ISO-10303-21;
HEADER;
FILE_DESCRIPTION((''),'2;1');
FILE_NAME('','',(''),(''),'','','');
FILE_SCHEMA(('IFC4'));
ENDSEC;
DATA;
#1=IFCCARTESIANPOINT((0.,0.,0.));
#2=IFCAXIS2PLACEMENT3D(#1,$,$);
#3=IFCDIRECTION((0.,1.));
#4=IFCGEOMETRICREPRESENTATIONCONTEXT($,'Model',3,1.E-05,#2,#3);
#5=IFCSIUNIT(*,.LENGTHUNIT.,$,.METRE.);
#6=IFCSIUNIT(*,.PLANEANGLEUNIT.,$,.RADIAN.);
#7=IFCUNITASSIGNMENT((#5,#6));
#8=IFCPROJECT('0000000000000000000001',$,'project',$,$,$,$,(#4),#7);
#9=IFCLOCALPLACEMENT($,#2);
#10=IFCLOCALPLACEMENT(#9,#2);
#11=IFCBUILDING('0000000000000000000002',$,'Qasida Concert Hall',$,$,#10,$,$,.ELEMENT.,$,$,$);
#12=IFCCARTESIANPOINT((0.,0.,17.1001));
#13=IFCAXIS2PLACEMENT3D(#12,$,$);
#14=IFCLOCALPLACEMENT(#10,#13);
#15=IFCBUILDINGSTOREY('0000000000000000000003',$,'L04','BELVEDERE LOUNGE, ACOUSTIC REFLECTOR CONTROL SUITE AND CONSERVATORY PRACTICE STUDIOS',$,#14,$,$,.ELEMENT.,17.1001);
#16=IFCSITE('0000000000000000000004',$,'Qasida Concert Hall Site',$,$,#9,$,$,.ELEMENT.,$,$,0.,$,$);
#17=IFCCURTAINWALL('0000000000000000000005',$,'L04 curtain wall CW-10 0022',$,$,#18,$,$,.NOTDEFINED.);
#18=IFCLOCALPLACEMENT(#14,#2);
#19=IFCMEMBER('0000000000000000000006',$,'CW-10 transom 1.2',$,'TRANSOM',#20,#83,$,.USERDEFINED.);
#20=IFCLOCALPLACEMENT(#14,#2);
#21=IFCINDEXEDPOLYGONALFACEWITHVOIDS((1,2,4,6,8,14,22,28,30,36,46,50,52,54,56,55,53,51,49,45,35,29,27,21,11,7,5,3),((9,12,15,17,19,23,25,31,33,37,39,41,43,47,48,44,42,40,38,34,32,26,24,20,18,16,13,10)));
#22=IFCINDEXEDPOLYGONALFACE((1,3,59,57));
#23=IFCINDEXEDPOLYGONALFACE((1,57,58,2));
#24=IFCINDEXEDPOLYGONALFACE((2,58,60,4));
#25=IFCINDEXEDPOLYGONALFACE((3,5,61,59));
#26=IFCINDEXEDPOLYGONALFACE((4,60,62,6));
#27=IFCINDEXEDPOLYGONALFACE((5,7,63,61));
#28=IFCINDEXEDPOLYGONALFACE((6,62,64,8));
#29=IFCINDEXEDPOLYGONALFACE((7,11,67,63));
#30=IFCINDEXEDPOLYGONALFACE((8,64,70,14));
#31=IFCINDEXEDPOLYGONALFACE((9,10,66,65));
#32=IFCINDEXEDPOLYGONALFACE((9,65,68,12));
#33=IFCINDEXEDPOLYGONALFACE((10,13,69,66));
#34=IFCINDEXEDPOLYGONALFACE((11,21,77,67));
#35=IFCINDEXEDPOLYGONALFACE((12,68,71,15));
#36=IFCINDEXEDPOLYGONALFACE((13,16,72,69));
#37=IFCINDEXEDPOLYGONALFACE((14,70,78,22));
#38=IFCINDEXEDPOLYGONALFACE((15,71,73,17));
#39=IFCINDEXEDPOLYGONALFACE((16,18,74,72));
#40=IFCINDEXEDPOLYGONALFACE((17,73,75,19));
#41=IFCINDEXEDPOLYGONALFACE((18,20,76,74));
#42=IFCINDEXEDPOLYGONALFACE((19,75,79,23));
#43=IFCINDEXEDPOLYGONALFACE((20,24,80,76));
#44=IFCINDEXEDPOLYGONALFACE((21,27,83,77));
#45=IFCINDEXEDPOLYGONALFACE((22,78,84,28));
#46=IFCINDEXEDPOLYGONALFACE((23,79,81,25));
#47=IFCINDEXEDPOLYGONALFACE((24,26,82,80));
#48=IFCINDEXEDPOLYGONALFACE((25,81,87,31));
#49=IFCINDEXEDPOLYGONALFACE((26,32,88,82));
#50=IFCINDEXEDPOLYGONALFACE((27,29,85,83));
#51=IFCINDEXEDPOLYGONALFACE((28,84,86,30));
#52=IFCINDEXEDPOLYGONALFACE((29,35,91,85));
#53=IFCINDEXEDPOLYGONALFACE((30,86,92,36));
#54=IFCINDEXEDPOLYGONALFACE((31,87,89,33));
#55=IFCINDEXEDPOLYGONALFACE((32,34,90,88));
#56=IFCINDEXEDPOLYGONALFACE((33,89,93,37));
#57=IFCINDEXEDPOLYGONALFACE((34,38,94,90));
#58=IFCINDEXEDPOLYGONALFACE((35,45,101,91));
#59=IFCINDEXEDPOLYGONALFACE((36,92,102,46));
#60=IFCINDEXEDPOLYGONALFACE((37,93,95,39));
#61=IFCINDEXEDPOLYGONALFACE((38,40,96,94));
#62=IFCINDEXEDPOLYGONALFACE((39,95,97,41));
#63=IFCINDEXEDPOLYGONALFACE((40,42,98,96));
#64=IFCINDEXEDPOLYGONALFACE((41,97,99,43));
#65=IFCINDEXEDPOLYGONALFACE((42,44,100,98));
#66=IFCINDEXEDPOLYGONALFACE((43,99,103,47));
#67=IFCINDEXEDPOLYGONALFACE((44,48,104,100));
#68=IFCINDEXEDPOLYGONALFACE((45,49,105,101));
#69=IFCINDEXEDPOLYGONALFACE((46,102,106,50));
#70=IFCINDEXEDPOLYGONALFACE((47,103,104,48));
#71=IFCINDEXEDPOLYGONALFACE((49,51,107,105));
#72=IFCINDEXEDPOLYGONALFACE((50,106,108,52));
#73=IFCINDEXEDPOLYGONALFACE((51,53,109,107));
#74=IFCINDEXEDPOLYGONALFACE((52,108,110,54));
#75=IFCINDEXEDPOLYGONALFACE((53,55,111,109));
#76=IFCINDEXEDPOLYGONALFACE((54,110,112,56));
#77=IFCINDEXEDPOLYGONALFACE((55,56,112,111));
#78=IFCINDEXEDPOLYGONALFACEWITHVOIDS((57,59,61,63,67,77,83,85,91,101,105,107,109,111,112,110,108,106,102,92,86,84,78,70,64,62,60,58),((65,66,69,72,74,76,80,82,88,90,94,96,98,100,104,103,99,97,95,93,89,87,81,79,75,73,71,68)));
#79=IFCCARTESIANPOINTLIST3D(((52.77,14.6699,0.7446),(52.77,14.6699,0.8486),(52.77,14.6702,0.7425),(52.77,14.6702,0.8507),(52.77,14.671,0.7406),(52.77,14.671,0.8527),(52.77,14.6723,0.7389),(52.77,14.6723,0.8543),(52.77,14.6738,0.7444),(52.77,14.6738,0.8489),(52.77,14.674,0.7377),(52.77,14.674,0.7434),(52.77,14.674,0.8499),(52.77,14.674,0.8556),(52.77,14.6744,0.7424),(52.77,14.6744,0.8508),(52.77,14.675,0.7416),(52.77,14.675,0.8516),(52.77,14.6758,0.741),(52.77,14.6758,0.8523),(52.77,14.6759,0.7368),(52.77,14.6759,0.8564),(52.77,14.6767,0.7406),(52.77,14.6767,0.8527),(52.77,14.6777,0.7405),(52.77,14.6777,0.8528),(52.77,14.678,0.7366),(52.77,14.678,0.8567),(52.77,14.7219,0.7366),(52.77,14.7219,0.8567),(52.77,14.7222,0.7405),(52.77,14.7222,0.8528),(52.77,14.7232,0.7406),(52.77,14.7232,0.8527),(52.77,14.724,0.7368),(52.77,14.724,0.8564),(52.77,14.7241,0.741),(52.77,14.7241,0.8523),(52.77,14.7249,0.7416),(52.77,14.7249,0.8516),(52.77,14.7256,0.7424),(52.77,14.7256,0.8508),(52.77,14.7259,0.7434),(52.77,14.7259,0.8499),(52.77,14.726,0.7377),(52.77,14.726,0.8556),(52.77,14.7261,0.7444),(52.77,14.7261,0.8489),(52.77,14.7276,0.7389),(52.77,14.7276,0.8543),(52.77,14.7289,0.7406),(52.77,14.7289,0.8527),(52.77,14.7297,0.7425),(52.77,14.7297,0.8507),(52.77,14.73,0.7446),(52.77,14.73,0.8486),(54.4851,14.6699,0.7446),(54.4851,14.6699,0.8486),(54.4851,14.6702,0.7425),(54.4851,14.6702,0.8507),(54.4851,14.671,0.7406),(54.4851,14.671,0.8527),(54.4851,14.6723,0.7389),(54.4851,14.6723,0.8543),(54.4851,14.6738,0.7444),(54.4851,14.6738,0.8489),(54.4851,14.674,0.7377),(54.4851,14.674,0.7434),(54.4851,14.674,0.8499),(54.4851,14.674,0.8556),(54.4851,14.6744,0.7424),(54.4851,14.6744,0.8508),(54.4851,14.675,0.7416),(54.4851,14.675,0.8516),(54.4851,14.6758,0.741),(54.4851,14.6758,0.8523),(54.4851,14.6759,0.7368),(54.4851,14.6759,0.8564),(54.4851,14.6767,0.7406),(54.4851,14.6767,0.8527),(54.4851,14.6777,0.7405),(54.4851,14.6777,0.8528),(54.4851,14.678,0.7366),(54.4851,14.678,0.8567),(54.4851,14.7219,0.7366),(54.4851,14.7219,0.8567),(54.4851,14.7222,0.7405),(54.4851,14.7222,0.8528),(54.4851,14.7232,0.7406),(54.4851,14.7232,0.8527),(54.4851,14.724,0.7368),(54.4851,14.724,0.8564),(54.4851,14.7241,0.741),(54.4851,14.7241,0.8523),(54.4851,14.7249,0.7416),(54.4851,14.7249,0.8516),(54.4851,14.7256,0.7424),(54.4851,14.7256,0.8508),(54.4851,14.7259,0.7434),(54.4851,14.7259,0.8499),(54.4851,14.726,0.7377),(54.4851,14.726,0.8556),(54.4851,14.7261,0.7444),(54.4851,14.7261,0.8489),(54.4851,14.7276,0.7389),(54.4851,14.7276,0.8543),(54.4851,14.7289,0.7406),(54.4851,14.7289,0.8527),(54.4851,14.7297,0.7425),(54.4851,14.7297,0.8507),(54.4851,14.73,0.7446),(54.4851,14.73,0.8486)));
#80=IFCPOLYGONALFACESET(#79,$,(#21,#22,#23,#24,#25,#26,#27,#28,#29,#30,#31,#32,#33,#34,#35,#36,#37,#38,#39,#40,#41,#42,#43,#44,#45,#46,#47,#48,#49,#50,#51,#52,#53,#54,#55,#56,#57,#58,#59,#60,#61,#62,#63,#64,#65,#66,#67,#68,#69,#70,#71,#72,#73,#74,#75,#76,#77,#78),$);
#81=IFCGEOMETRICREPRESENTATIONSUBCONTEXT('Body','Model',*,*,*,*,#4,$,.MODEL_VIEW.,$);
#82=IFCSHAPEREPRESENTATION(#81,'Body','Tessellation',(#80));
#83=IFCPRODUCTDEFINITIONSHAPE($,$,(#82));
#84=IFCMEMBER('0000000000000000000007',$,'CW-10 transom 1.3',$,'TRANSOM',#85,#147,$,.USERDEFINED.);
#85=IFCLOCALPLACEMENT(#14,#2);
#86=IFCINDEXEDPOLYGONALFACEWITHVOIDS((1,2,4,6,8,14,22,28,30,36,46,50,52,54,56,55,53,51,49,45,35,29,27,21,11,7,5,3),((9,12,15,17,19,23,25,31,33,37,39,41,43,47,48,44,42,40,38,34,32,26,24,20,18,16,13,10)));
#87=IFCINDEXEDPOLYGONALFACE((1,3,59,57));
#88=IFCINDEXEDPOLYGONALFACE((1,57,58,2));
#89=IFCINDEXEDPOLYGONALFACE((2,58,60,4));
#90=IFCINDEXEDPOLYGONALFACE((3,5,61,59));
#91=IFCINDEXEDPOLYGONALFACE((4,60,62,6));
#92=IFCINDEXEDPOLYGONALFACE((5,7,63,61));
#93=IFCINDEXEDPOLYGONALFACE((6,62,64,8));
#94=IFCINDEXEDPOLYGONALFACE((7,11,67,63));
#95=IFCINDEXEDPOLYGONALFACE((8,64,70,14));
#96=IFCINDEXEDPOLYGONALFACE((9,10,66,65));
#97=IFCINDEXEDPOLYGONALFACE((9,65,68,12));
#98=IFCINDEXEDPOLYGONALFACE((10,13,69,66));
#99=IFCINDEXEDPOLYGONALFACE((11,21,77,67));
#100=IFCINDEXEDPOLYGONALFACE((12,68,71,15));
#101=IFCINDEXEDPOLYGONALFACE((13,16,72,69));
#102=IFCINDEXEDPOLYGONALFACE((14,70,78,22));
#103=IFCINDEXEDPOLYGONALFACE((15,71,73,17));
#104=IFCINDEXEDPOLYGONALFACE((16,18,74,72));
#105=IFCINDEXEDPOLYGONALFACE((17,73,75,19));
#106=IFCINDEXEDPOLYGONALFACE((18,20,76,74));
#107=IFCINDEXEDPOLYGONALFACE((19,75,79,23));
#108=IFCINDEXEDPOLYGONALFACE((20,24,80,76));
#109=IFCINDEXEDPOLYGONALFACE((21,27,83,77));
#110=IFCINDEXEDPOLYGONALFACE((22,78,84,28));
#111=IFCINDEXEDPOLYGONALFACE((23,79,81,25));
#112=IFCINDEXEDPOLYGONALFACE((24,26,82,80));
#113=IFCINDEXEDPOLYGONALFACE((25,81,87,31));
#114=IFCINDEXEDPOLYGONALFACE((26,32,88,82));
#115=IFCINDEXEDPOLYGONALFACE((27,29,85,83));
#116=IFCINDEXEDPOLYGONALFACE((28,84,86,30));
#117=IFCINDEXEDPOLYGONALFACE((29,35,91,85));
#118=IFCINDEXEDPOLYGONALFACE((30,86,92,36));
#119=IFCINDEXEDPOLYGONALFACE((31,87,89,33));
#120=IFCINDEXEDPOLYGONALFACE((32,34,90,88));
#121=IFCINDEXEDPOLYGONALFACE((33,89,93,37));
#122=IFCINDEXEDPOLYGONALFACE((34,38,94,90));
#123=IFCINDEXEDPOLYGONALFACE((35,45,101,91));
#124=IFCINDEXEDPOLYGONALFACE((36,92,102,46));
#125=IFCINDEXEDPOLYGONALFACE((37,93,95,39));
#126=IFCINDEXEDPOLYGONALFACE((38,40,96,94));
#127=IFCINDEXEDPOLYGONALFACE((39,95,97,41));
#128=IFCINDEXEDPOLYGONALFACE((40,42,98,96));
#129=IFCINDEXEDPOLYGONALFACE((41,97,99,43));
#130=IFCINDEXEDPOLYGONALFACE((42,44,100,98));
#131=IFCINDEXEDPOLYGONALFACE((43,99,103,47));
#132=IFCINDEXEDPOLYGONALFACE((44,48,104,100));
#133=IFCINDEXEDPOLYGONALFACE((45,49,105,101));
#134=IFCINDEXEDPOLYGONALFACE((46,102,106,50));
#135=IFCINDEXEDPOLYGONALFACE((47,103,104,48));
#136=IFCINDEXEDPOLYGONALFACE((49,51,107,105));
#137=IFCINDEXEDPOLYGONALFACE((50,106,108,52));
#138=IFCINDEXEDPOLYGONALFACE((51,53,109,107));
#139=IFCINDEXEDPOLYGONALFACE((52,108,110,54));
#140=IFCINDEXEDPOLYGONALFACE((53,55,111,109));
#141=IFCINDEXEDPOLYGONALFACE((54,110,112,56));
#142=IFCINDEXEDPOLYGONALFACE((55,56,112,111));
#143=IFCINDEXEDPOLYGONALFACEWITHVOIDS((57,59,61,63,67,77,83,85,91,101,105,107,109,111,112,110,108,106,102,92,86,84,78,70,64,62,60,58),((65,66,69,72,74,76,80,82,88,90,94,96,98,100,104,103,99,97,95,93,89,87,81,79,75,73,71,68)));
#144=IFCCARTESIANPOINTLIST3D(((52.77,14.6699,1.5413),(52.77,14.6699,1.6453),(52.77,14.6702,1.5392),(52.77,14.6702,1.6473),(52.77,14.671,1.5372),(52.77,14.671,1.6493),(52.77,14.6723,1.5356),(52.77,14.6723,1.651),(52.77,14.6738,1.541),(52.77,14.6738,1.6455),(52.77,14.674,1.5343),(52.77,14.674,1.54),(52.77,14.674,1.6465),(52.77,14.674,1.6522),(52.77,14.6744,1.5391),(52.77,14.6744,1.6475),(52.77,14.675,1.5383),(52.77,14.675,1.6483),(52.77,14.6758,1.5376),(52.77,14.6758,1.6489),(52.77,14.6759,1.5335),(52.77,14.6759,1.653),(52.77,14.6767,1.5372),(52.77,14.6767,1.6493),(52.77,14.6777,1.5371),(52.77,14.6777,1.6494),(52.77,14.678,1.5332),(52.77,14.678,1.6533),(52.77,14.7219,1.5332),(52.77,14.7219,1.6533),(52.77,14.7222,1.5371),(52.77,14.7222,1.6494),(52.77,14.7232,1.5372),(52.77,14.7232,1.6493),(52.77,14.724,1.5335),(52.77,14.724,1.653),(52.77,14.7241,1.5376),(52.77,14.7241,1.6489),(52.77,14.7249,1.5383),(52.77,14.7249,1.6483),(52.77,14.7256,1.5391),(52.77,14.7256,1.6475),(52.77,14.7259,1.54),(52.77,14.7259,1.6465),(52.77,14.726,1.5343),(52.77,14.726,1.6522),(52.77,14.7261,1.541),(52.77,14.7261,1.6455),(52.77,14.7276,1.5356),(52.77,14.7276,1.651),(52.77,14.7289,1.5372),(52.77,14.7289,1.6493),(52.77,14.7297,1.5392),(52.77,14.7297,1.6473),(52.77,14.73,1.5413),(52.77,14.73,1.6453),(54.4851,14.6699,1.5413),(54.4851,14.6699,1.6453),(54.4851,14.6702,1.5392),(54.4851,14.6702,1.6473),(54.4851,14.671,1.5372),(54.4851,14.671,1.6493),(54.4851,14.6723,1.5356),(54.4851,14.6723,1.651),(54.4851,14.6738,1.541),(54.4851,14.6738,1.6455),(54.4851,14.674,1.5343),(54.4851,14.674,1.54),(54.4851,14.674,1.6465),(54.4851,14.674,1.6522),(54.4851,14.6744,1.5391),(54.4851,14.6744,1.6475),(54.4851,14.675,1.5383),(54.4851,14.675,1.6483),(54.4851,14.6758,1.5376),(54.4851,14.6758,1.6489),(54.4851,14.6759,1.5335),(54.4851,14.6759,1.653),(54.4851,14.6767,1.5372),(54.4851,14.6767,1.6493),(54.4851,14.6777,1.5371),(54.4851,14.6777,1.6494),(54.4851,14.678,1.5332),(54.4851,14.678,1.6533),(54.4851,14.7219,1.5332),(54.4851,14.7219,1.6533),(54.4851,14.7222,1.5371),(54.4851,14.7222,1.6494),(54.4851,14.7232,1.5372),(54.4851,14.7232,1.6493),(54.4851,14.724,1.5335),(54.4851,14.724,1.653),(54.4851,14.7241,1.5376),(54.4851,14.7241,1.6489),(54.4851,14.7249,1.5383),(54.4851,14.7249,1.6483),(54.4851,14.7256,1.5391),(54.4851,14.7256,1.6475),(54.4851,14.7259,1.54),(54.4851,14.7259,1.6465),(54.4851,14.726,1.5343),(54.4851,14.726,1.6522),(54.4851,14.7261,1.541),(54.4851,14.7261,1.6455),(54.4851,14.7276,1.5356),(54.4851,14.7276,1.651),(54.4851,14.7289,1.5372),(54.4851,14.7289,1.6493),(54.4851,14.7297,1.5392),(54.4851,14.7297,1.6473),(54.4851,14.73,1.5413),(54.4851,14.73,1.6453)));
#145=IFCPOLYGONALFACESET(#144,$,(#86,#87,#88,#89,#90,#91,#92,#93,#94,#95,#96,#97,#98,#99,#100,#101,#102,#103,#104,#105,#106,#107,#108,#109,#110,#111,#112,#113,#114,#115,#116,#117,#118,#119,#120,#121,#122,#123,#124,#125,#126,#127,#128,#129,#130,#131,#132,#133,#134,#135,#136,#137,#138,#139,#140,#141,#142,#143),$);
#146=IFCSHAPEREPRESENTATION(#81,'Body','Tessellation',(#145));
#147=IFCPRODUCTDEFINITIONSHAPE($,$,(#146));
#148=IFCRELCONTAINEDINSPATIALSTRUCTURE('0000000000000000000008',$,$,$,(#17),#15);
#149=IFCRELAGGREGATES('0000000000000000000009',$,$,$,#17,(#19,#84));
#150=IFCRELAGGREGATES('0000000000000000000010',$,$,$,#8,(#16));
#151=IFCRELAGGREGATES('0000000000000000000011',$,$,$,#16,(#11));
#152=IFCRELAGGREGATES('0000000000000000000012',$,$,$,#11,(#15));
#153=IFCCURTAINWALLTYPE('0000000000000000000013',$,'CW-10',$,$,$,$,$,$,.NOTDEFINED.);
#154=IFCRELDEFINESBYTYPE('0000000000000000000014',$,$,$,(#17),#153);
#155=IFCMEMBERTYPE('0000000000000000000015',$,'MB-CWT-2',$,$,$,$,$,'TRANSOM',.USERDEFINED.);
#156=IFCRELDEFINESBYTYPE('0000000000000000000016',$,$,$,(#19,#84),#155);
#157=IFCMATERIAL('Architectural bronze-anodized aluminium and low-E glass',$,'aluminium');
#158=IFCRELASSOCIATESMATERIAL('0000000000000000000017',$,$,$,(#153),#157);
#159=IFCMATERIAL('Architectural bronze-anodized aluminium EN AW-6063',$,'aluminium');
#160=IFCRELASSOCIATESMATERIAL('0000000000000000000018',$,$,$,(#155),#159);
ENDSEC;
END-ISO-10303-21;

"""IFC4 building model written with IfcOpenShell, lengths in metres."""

from ifc_helpers import new_model, si_unit, direction, frame, origin, origin_2d, place, context, subcontext, project, spatial, hollow_rectangle, extrude, material, material_profile, profile_set, type_object, element, aggregate, save


model = new_model("IFC4")

# Units and contexts
model_context = context("Model", 3, precision=1e-05, world=origin(), true_north=direction((0.0, 1.0)))
body_context = subcontext(model_context, "Body", "Model", "MODEL_VIEW")
ifc_project = project(units=[si_unit("LENGTHUNIT", "METRE"), si_unit("PLANEANGLEUNIT", "RADIAN")], contexts=[model_context])

# Site, building, storey
site_placement = place(None, origin())
site = spatial("IfcSite", under=ifc_project, at=site_placement, Name="Qasida Concert Hall Site", CompositionType="ELEMENT", RefElevation=0.0)
building_placement = place(site_placement, origin())
building = spatial("IfcBuilding", under=site, at=building_placement, Name="Qasida Concert Hall", CompositionType="ELEMENT")
storey_placement = place(building_placement, frame((0.0, 0.0, 17.1001)))
storey = spatial("IfcBuildingStorey", under=building, at=storey_placement, Name="L04", Description="BELVEDERE LOUNGE, ACOUSTIC REFLECTOR CONTROL SUITE AND CONSERVATORY PRACTICE STUDIOS", CompositionType="ELEMENT", Elevation=17.1001)

# Curtain wall, members
ifc_material_1 = material(Name="Architectural bronze-anodized aluminium and low-E glass", Category="aluminium")
curtain_wall_type = type_object("IfcCurtainWallType", Name="CW-10", PredefinedType="NOTDEFINED", material=ifc_material_1)
curtain_wall_placement = place(storey_placement, origin())
curtain_wall = element("IfcCurtainWall", 1, at=curtain_wall_placement, inside=storey, type_object=curtain_wall_type, Name="L04 curtain wall CW-10 0022", PredefinedType="NOTDEFINED")
ifc_material_2 = material(Name="Architectural bronze-anodized aluminium EN AW-6063", Category="aluminium")
ifc_material_profile_1 = material_profile(ifc_material_2, hollow_rectangle(XDim=0.0601, YDim=0.1201, WallThickness=0.0039, InnerFilletRadius=0.0039, OuterFilletRadius=0.0081, at=origin_2d()), Name="CWT 120x60x4")
ifc_profile_set_1 = profile_set([ifc_material_profile_1], Name="Architectural bronze-anodized aluminium EN AW-6063")
member_type_1 = type_object("IfcMemberType", Name="MB-CWT-2", ElementType="TRANSOM", PredefinedType="USERDEFINED", material=ifc_profile_set_1)
member_1_placement = place(storey_placement, frame((52.77, 14.7, 0.7966), z_axis=(1.0, 0.0, 0.0), x_axis=(0.0, 1.0, 0.0)))
member_1 = element("IfcMember", 2, at=member_1_placement, type_object=member_type_1, Name="CW-10 transom 1.2", ObjectType="TRANSOM", PredefinedType="USERDEFINED", context=body_context, shape_type="SweptSolid", body=[
    extrude(hollow_rectangle(XDim=0.0601, YDim=0.1201, WallThickness=0.0039, InnerFilletRadius=0.0039, OuterFilletRadius=0.0081, at=origin_2d()), origin(), (0.0, 0.0, 1.0), 1.7151),
])
member_2_placement = place(storey_placement, frame((52.77, 14.7, 1.5933), z_axis=(1.0, 0.0, 0.0), x_axis=(0.0, 1.0, 0.0)))
member_2 = element("IfcMember", 3, at=member_2_placement, type_object=member_type_1, Name="CW-10 transom 1.3", ObjectType="TRANSOM", PredefinedType="USERDEFINED", context=body_context, shape_type="SweptSolid", body=[
    extrude(hollow_rectangle(XDim=0.0601, YDim=0.1201, WallThickness=0.0039, InnerFilletRadius=0.0039, OuterFilletRadius=0.0081, at=origin_2d()), origin(), (0.0, 0.0, 1.0), 1.7151),
])

aggregate(curtain_wall, [member_1, member_2])

save(model, "model.ifc")
